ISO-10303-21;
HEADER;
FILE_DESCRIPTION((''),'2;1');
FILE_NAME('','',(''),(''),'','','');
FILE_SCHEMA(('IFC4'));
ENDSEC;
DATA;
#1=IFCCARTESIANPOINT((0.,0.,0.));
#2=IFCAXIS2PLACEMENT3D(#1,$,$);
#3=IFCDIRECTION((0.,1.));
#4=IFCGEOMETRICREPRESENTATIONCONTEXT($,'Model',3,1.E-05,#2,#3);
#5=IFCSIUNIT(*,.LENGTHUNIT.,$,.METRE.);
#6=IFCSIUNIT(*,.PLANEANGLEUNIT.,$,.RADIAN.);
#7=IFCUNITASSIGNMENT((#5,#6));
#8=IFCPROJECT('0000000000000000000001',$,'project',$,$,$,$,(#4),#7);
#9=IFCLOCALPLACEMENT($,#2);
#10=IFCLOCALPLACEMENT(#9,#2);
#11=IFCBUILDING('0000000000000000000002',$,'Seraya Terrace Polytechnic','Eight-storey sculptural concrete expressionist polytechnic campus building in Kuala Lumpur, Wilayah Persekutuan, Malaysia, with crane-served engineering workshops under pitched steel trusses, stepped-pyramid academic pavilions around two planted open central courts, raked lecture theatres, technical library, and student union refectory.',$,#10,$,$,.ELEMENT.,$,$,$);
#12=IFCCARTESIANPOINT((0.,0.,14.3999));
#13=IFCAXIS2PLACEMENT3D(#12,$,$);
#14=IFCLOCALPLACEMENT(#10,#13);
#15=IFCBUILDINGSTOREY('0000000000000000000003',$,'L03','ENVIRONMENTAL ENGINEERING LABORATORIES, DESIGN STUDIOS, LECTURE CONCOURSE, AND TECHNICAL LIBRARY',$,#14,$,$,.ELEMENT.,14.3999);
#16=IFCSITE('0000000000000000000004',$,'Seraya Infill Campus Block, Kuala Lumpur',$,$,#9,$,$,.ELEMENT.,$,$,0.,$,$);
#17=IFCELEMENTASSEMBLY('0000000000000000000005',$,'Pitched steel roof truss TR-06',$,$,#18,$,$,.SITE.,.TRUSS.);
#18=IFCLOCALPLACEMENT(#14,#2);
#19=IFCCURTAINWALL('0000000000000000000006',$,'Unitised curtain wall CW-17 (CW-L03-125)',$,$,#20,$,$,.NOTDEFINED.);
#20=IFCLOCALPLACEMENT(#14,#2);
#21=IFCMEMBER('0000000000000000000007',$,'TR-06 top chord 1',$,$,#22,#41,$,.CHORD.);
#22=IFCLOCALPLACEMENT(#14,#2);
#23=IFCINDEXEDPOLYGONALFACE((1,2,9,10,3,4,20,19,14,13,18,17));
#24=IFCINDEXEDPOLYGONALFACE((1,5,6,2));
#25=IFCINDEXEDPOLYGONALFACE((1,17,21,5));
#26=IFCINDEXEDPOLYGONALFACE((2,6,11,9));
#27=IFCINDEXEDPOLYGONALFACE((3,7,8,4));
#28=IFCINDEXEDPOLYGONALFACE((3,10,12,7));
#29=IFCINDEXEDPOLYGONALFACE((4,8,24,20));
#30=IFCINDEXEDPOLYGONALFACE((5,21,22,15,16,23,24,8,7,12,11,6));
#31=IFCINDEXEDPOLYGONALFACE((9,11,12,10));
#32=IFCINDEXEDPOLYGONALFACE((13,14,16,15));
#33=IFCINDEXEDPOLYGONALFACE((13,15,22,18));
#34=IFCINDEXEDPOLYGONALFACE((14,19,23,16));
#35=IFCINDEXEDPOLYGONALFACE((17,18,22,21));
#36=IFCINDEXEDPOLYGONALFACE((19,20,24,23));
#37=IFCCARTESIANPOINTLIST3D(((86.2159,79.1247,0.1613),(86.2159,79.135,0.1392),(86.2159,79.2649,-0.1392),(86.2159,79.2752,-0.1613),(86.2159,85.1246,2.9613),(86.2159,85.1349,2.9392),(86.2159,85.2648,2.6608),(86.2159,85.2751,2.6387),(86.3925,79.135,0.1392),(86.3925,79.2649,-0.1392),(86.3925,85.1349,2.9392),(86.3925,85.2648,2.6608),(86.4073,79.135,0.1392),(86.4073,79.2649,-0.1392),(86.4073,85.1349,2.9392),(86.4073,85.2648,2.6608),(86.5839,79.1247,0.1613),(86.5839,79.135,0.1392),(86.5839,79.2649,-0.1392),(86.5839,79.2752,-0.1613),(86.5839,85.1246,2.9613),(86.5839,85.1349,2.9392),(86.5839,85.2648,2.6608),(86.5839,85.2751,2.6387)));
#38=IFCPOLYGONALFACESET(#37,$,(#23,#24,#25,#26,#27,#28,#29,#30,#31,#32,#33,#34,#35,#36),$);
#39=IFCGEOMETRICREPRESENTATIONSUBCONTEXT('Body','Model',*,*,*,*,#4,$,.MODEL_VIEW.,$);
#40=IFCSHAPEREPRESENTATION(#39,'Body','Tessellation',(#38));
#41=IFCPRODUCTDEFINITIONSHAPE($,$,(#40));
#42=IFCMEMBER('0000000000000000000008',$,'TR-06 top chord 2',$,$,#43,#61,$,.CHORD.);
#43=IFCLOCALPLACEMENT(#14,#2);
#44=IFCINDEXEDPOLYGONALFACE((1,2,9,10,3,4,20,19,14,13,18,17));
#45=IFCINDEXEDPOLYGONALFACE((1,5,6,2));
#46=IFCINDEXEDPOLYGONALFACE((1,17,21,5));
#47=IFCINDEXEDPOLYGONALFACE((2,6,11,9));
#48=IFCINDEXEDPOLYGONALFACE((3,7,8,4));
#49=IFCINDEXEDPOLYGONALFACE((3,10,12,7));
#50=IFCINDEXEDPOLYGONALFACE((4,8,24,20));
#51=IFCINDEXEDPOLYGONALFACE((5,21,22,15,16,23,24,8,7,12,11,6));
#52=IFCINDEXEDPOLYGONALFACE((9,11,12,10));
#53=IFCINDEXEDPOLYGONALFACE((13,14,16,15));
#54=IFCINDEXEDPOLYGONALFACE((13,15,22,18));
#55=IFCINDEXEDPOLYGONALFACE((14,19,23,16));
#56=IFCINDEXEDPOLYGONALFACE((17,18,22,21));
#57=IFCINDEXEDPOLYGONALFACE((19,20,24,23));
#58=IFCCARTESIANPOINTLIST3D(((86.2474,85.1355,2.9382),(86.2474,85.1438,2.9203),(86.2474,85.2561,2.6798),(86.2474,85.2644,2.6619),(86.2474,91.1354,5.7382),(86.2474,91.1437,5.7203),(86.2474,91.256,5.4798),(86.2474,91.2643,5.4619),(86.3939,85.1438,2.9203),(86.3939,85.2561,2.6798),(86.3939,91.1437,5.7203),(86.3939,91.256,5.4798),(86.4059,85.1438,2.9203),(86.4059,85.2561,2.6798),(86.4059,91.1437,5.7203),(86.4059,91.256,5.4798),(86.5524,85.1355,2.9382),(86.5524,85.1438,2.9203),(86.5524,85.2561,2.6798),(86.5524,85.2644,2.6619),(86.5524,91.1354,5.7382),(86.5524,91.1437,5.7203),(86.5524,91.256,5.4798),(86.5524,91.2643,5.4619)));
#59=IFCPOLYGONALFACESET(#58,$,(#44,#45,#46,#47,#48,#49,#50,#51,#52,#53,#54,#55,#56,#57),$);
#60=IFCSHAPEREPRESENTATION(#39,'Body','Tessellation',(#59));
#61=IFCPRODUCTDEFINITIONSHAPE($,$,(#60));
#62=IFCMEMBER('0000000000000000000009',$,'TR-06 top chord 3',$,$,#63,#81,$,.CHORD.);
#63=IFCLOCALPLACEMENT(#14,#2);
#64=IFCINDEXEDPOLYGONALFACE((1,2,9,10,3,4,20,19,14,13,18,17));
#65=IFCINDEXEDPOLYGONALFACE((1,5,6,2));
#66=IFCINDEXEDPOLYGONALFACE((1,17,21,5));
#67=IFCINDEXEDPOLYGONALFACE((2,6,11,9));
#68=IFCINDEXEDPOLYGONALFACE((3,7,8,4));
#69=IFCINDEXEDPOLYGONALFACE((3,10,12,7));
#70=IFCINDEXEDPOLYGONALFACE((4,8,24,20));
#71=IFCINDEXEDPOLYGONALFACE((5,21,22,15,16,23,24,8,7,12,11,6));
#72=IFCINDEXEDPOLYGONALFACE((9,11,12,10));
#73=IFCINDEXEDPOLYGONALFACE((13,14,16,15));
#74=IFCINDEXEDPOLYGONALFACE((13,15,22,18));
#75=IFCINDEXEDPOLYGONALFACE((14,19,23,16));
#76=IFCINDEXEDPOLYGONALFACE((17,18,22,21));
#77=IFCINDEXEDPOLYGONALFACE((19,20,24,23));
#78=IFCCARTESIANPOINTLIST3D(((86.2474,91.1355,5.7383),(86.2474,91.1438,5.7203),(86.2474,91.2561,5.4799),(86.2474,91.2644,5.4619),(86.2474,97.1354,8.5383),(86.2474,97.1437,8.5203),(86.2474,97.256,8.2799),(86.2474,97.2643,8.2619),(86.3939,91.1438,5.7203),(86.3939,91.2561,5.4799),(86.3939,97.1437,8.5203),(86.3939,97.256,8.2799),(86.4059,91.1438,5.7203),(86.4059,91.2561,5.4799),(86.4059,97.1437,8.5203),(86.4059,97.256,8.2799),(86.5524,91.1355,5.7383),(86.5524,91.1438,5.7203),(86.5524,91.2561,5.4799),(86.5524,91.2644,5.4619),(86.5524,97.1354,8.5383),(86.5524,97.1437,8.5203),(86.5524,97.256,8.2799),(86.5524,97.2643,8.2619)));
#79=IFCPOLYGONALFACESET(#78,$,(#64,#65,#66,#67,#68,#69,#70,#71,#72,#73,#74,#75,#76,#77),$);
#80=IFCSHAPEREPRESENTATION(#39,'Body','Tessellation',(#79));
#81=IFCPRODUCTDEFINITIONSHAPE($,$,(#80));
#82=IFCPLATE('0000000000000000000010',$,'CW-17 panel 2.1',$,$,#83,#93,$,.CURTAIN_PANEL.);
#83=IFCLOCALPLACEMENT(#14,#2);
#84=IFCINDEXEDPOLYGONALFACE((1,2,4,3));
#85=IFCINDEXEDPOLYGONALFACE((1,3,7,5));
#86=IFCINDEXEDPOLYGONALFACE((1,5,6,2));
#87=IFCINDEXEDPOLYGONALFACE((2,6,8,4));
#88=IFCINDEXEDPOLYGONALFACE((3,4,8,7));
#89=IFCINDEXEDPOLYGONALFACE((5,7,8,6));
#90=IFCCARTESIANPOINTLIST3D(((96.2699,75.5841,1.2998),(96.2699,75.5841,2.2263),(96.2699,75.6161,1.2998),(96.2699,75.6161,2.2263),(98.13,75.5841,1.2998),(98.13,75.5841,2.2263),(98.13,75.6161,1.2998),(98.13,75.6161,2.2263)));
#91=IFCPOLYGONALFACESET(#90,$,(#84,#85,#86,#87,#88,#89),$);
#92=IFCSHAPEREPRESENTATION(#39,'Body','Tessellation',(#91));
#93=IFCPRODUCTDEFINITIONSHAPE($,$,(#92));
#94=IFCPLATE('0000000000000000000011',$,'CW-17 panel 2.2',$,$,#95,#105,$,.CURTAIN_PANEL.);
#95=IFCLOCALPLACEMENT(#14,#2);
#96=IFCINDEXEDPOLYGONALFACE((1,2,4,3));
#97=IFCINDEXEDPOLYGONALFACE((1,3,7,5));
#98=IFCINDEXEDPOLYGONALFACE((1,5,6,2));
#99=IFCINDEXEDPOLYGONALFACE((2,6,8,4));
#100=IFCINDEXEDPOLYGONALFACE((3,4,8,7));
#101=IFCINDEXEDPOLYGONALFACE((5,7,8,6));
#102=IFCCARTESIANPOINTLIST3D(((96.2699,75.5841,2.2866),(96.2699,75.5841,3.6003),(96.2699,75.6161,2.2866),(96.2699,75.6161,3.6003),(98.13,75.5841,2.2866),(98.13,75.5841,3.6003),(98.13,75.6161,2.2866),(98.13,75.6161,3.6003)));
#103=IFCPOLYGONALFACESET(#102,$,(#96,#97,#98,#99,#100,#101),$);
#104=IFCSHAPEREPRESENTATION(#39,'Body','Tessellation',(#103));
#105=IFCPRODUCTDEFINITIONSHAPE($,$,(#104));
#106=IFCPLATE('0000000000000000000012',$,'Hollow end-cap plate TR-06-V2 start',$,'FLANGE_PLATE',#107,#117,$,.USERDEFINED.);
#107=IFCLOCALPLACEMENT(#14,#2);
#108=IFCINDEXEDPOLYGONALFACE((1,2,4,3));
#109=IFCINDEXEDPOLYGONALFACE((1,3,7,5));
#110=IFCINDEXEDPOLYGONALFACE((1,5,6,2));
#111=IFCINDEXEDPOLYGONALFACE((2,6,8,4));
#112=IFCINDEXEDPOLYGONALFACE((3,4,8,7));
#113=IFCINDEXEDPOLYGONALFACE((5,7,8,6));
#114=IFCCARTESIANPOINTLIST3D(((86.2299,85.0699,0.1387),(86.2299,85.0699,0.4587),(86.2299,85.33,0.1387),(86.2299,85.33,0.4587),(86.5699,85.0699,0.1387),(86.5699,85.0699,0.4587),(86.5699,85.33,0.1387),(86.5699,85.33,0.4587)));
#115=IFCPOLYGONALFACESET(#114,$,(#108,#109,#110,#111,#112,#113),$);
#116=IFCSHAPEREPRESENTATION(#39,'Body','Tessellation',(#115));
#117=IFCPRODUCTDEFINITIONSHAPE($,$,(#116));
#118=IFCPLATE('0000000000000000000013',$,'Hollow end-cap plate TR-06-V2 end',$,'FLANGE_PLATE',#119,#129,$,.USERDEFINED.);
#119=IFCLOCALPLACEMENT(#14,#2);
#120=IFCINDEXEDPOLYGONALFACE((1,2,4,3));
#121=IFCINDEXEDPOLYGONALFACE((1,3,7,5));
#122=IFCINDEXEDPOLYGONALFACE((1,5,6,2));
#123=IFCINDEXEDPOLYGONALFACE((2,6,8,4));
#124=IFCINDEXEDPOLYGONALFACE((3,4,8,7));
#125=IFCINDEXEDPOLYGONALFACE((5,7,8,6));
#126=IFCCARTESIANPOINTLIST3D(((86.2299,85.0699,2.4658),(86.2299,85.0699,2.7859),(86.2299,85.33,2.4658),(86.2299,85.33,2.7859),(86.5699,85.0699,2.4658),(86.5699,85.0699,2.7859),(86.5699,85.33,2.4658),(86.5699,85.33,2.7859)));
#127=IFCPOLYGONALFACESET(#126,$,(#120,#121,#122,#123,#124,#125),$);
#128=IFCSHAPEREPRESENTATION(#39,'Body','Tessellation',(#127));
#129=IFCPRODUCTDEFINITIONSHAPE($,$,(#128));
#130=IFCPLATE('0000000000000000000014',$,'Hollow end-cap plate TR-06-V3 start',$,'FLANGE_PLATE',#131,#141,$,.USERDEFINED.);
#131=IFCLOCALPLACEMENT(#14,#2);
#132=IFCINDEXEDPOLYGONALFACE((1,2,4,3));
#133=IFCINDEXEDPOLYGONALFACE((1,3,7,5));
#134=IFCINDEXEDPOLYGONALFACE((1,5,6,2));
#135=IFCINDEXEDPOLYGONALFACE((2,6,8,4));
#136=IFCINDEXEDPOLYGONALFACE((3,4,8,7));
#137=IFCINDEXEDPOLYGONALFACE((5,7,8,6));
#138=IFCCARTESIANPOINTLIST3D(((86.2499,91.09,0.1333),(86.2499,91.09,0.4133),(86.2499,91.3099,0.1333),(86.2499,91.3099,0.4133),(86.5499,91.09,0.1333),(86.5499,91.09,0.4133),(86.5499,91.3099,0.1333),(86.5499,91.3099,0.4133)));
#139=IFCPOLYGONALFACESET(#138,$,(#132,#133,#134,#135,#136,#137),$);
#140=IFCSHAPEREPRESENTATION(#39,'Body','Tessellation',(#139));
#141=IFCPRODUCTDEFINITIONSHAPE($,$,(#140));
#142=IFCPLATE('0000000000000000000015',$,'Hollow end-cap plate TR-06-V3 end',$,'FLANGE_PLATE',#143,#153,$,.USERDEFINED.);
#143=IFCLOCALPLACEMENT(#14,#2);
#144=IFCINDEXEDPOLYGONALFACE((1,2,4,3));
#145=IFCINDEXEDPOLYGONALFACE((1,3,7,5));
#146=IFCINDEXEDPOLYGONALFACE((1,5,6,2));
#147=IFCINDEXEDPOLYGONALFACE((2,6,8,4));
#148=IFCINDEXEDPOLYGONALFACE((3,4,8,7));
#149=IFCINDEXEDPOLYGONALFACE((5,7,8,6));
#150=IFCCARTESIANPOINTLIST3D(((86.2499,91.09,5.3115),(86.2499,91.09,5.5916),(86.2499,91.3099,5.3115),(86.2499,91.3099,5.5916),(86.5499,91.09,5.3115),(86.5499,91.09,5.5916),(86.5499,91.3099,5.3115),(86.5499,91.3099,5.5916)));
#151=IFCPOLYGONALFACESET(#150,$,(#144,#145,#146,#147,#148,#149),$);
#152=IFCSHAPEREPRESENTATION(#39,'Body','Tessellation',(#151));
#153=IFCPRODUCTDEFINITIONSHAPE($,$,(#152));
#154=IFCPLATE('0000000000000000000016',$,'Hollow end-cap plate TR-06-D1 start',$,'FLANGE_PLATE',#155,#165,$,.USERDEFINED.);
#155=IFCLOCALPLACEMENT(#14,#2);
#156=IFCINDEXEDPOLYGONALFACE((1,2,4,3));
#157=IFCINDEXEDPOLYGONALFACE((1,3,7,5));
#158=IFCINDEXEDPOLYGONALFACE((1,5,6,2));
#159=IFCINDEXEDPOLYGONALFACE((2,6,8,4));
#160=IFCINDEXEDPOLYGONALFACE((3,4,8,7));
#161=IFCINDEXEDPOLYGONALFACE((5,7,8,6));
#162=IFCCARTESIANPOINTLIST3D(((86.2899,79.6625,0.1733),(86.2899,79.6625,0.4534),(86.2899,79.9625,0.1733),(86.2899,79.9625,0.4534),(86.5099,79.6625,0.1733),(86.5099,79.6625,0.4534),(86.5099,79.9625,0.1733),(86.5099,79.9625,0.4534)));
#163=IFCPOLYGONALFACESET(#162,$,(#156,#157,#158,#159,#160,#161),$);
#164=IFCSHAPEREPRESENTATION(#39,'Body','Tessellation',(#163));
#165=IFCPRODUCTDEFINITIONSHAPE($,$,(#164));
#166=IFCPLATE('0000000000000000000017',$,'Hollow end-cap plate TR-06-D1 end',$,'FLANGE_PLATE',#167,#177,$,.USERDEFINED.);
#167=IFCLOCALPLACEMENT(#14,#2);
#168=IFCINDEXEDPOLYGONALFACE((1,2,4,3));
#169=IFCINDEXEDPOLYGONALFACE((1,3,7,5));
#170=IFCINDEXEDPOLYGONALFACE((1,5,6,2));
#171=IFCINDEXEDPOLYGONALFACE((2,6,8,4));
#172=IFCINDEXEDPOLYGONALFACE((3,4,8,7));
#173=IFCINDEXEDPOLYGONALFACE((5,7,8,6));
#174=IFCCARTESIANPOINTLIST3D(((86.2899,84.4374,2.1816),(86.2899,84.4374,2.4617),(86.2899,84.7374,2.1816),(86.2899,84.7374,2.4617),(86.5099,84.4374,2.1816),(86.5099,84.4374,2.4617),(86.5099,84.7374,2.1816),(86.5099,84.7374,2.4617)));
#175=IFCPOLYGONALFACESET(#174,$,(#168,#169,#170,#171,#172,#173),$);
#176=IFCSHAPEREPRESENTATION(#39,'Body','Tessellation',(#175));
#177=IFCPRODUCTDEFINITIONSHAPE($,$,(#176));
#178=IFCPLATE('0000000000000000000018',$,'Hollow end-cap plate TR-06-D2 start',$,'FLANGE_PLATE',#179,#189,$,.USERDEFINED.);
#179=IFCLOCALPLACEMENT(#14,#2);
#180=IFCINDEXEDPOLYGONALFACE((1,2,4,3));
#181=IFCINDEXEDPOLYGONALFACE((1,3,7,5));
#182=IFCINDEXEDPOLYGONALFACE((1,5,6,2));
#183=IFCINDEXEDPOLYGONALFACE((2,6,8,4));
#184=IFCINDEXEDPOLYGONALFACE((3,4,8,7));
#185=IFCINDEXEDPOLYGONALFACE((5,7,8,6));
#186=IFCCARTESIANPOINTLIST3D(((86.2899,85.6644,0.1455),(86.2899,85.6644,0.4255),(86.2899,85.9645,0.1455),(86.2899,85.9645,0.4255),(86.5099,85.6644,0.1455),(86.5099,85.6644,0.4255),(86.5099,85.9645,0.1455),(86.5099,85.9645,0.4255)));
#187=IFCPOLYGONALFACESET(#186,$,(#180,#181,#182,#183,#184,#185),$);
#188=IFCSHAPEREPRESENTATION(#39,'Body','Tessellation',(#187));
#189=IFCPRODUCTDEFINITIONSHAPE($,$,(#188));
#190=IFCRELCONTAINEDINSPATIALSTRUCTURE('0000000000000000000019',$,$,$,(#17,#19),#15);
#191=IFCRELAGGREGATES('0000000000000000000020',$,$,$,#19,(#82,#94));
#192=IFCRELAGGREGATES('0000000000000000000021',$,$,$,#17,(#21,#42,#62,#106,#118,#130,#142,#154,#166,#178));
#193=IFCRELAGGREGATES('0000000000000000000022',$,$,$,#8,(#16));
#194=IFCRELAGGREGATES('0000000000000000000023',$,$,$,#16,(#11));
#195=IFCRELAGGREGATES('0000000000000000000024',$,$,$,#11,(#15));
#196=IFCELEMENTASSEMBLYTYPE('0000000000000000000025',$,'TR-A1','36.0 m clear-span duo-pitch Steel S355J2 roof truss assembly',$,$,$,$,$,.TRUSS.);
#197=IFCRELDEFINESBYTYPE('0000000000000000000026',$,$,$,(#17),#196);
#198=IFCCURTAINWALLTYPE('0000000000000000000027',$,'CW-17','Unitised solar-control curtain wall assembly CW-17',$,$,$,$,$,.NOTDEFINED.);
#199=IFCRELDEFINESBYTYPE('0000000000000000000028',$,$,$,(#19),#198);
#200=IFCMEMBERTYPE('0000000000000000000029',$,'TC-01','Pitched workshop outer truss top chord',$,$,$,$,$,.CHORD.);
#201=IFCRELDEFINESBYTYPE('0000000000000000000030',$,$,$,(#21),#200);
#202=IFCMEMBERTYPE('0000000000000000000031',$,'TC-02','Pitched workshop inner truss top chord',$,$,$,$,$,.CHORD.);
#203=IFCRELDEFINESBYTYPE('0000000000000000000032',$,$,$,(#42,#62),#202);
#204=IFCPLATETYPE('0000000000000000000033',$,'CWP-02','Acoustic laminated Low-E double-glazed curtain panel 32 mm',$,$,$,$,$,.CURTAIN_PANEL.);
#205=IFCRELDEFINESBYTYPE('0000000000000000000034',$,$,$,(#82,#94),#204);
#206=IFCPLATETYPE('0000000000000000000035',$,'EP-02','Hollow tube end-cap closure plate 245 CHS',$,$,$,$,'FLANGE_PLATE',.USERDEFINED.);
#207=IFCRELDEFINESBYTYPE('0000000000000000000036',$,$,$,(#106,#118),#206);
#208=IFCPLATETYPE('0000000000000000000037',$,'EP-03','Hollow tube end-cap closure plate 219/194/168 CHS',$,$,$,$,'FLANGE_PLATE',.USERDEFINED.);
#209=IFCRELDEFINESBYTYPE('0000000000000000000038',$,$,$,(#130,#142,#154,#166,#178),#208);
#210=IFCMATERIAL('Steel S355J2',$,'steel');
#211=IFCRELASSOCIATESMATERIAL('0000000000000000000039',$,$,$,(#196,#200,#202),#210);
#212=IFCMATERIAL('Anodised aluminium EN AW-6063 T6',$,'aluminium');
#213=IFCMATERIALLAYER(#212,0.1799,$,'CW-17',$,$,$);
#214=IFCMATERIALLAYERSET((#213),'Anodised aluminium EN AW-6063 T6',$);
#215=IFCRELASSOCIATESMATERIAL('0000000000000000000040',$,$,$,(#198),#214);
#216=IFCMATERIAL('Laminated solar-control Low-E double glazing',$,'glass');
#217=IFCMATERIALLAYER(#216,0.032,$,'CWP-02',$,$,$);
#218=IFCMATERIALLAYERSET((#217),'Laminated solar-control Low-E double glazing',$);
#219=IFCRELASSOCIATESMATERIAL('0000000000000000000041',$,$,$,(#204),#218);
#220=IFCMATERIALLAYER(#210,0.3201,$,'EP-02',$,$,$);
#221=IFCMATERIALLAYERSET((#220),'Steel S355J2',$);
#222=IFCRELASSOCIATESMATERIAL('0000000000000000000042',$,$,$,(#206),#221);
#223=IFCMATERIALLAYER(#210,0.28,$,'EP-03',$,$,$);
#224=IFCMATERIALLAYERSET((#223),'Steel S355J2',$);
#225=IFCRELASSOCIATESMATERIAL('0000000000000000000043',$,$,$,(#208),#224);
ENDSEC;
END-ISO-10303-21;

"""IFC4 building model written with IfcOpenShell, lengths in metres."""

from ifc_helpers import new_model, si_unit, direction, frame, origin, origin_2d, place, context, subcontext, project, spatial, rectangle, i_section, extrude, material, layer, layer_set, material_profile, profile_set, type_object, element, aggregate, save


model = new_model("IFC4")

# Units and contexts
model_context = context("Model", 3, precision=1e-05, world=origin(), true_north=direction((0.0, 1.0)))
body_context = subcontext(model_context, "Body", "Model", "MODEL_VIEW")
ifc_project = project(units=[si_unit("LENGTHUNIT", "METRE"), si_unit("PLANEANGLEUNIT", "RADIAN")], contexts=[model_context])

# Site, building, storey
site_placement = place(None, origin())
site = spatial("IfcSite", under=ifc_project, at=site_placement, Name="Seraya Infill Campus Block, Kuala Lumpur", CompositionType="ELEMENT", RefElevation=0.0)
building_placement = place(site_placement, origin())
building = spatial("IfcBuilding", under=site, at=building_placement, Name="Seraya Terrace Polytechnic", Description="Eight-storey sculptural concrete expressionist polytechnic campus building in Kuala Lumpur, Wilayah Persekutuan, Malaysia, with crane-served engineering workshops under pitched steel trusses, stepped-pyramid academic pavilions around two planted open central courts, raked lecture theatres, technical library, and student union refectory.", CompositionType="ELEMENT")
storey_placement = place(building_placement, frame((0.0, 0.0, 14.3999)))
storey = spatial("IfcBuildingStorey", under=building, at=storey_placement, Name="L03", Description="ENVIRONMENTAL ENGINEERING LABORATORIES, DESIGN STUDIOS, LECTURE CONCOURSE, AND TECHNICAL LIBRARY", CompositionType="ELEMENT", Elevation=14.3999)

# Element assembly
ifc_material_1 = material(Name="Steel S355J2", Category="steel")
element_assembly_type = type_object("IfcElementAssemblyType", Name="TR-A1", Description="36.0 m clear-span duo-pitch Steel S355J2 roof truss assembly", PredefinedType="TRUSS", material=ifc_material_1)
assembly_placement = place(storey_placement, origin())
assembly = element("IfcElementAssembly", 1, at=assembly_placement, inside=storey, type_object=element_assembly_type, Name="Pitched steel roof truss TR-06", AssemblyPlace="SITE", PredefinedType="TRUSS")

# Curtain wall
ifc_material_2 = material(Name="Anodised aluminium EN AW-6063 T6", Category="aluminium")
ifc_layer_1 = layer(ifc_material_2, 0.1799, Name="CW-17")
ifc_layer_set_1 = layer_set([ifc_layer_1], Name="Anodised aluminium EN AW-6063 T6")
curtain_wall_type = type_object("IfcCurtainWallType", Name="CW-17", Description="Unitised solar-control curtain wall assembly CW-17", PredefinedType="NOTDEFINED", material=ifc_layer_set_1)
curtain_wall_placement = place(storey_placement, origin())
curtain_wall = element("IfcCurtainWall", 2, at=curtain_wall_placement, inside=storey, type_object=curtain_wall_type, Name="Unitised curtain wall CW-17 (CW-L03-125)", PredefinedType="NOTDEFINED")

# Members
ifc_material_profile_1 = material_profile(ifc_material_1, i_section(OverallWidth=0.3679, OverallDepth=0.356, WebThickness=0.0149, FlangeThickness=0.0244, at=origin_2d()), Name="UKC 356x368x15.0x24.4")
ifc_profile_set_1 = profile_set([ifc_material_profile_1], Name="Steel S355J2")
member_type_1 = type_object("IfcMemberType", Name="TC-01", Description="Pitched workshop outer truss top chord", PredefinedType="CHORD", material=ifc_profile_set_1)
member_1_placement = place(storey_placement, frame((86.3999, 79.2, 0.0), z_axis=(0.0, 0.90618, 0.422892), x_axis=(-1.0, 0.0, 0.0)))
member_1 = element("IfcMember", 3, at=member_1_placement, type_object=member_type_1, Name="TR-06 top chord 1", PredefinedType="CHORD", context=body_context, shape_type="SweptSolid", body=[
    extrude(i_section(OverallWidth=0.3679, OverallDepth=0.356, WebThickness=0.0149, FlangeThickness=0.0244, at=origin_2d()), origin(), (0.0, 0.0, 1.0), 6.6211),
])
ifc_material_profile_2 = material_profile(ifc_material_1, i_section(OverallWidth=0.3049, OverallDepth=0.3049, WebThickness=0.012, FlangeThickness=0.0198, at=origin_2d()), Name="UKC 305x305x12.0x19.7")
ifc_profile_set_2 = profile_set([ifc_material_profile_2], Name="Steel S355J2")
member_type_2 = type_object("IfcMemberType", Name="TC-02", Description="Pitched workshop inner truss top chord", PredefinedType="CHORD", material=ifc_profile_set_2)
member_2_placement = place(storey_placement, frame((86.3999, 85.2, 2.8), z_axis=(0.0, 0.90618, 0.422892), x_axis=(-1.0, 0.0, 0.0)))
member_2 = element("IfcMember", 4, at=member_2_placement, type_object=member_type_2, Name="TR-06 top chord 2", PredefinedType="CHORD", context=body_context, shape_type="SweptSolid", body=[
    extrude(i_section(OverallWidth=0.3049, OverallDepth=0.3049, WebThickness=0.012, FlangeThickness=0.0198, at=origin_2d()), origin(), (0.0, 0.0, 1.0), 6.6211),
])
member_3_placement = place(storey_placement, frame((86.3999, 91.2, 5.6001), z_axis=(0.0, 0.90618, 0.422892), x_axis=(-1.0, 0.0, 0.0)))
member_3 = element("IfcMember", 5, at=member_3_placement, type_object=member_type_2, Name="TR-06 top chord 3", PredefinedType="CHORD", context=body_context, shape_type="SweptSolid", body=[
    extrude(i_section(OverallWidth=0.3049, OverallDepth=0.3049, WebThickness=0.012, FlangeThickness=0.0198, at=origin_2d()), origin(), (0.0, 0.0, 1.0), 6.6211),
])

# Plates
ifc_material_3 = material(Name="Laminated solar-control Low-E double glazing", Category="glass")
ifc_layer_2 = layer(ifc_material_3, 0.032, Name="CWP-02")
ifc_layer_set_2 = layer_set([ifc_layer_2], Name="Laminated solar-control Low-E double glazing")
plate_type_1 = type_object("IfcPlateType", Name="CWP-02", Description="Acoustic laminated Low-E double-glazed curtain panel 32 mm", PredefinedType="CURTAIN_PANEL", material=ifc_layer_set_2)
plate_1_placement = place(storey_placement, frame((97.2, 75.6001, 1.2998), z_axis=(0.0, 0.0, 1.0), x_axis=(1.0, 0.0, 0.0)))
plate_1 = element("IfcPlate", 6, at=plate_1_placement, type_object=plate_type_1, Name="CW-17 panel 2.1", PredefinedType="CURTAIN_PANEL", context=body_context, shape_type="SweptSolid", body=[
    extrude(rectangle(XDim=1.8601, YDim=0.032, at=origin_2d()), origin(), (0.0, 0.0, 1.0), 0.9265),
])
plate_2_placement = place(storey_placement, frame((97.2, 75.6001, 2.2866), z_axis=(0.0, 0.0, 1.0), x_axis=(1.0, 0.0, 0.0)))
plate_2 = element("IfcPlate", 7, at=plate_2_placement, type_object=plate_type_1, Name="CW-17 panel 2.2", PredefinedType="CURTAIN_PANEL", context=body_context, shape_type="SweptSolid", body=[
    extrude(rectangle(XDim=1.8601, YDim=0.032, at=origin_2d()), origin(), (0.0, 0.0, 1.0), 1.3137),
])
aggregate(curtain_wall, [plate_1, plate_2])
ifc_layer_3 = layer(ifc_material_1, 0.3201, Name="EP-02")
ifc_layer_set_3 = layer_set([ifc_layer_3], Name="Steel S355J2")
plate_type_2 = type_object("IfcPlateType", Name="EP-02", Description="Hollow tube end-cap closure plate 245 CHS", ElementType="FLANGE_PLATE", PredefinedType="USERDEFINED", material=ifc_layer_set_3)
plate_3_placement = place(storey_placement, frame((86.3999, 85.2, 0.1387), z_axis=(0.0, 0.0, 1.0), x_axis=(1.0, 0.0, 0.0)))
plate_3 = element("IfcPlate", 8, at=plate_3_placement, type_object=plate_type_2, Name="Hollow end-cap plate TR-06-V2 start", ObjectType="FLANGE_PLATE", PredefinedType="USERDEFINED", context=body_context, shape_type="SweptSolid", body=[
    extrude(rectangle(XDim=0.3401, YDim=0.26, at=origin_2d()), origin(), (0.0, 0.0, 1.0), 0.3201),
])
plate_4_placement = place(storey_placement, frame((86.3999, 85.2, 2.4658), z_axis=(0.0, 0.0, 1.0), x_axis=(1.0, 0.0, 0.0)))
plate_4 = element("IfcPlate", 9, at=plate_4_placement, type_object=plate_type_2, Name="Hollow end-cap plate TR-06-V2 end", ObjectType="FLANGE_PLATE", PredefinedType="USERDEFINED", context=body_context, shape_type="SweptSolid", body=[
    extrude(rectangle(XDim=0.3401, YDim=0.26, at=origin_2d()), origin(), (0.0, 0.0, 1.0), 0.3201),
])
ifc_layer_4 = layer(ifc_material_1, 0.28, Name="EP-03")
ifc_layer_set_4 = layer_set([ifc_layer_4], Name="Steel S355J2")
plate_type_3 = type_object("IfcPlateType", Name="EP-03", Description="Hollow tube end-cap closure plate 219/194/168 CHS", ElementType="FLANGE_PLATE", PredefinedType="USERDEFINED", material=ifc_layer_set_4)
plate_5_placement = place(storey_placement, frame((86.3999, 91.2, 0.1333), z_axis=(0.0, 0.0, 1.0), x_axis=(1.0, 0.0, 0.0)))
plate_5 = element("IfcPlate", 10, at=plate_5_placement, type_object=plate_type_3, Name="Hollow end-cap plate TR-06-V3 start", ObjectType="FLANGE_PLATE", PredefinedType="USERDEFINED", context=body_context, shape_type="SweptSolid", body=[
    extrude(rectangle(XDim=0.3, YDim=0.22, at=origin_2d()), origin(), (0.0, 0.0, 1.0), 0.28),
])
plate_6_placement = place(storey_placement, frame((86.3999, 91.2, 5.3115), z_axis=(0.0, 0.0, 1.0), x_axis=(1.0, 0.0, 0.0)))
plate_6 = element("IfcPlate", 11, at=plate_6_placement, type_object=plate_type_3, Name="Hollow end-cap plate TR-06-V3 end", ObjectType="FLANGE_PLATE", PredefinedType="USERDEFINED", context=body_context, shape_type="SweptSolid", body=[
    extrude(rectangle(XDim=0.3, YDim=0.22, at=origin_2d()), origin(), (0.0, 0.0, 1.0), 0.28),
])
plate_7_placement = place(storey_placement, frame((86.3999, 79.8125, 0.1733), z_axis=(0.0, 0.0, 1.0), x_axis=(0.0, 1.0, 0.0)))
plate_7 = element("IfcPlate", 12, at=plate_7_placement, type_object=plate_type_3, Name="Hollow end-cap plate TR-06-D1 start", ObjectType="FLANGE_PLATE", PredefinedType="USERDEFINED", context=body_context, shape_type="SweptSolid", body=[
    extrude(rectangle(XDim=0.3, YDim=0.22, at=origin_2d()), origin(), (0.0, 0.0, 1.0), 0.28),
])
plate_8_placement = place(storey_placement, frame((86.3999, 84.5874, 2.1816), z_axis=(0.0, 0.0, 1.0), x_axis=(0.0, 1.0, 0.0)))
plate_8 = element("IfcPlate", 13, at=plate_8_placement, type_object=plate_type_3, Name="Hollow end-cap plate TR-06-D1 end", ObjectType="FLANGE_PLATE", PredefinedType="USERDEFINED", context=body_context, shape_type="SweptSolid", body=[
    extrude(rectangle(XDim=0.3, YDim=0.22, at=origin_2d()), origin(), (0.0, 0.0, 1.0), 0.28),
])
plate_9_placement = place(storey_placement, frame((86.3999, 85.8145, 0.1455), z_axis=(0.0, 0.0, 1.0), x_axis=(0.0, 1.0, 0.0)))
plate_9 = element("IfcPlate", 14, at=plate_9_placement, type_object=plate_type_3, Name="Hollow end-cap plate TR-06-D2 start", ObjectType="FLANGE_PLATE", PredefinedType="USERDEFINED", context=body_context, shape_type="SweptSolid", body=[
    extrude(rectangle(XDim=0.3, YDim=0.22, at=origin_2d()), origin(), (0.0, 0.0, 1.0), 0.28),
])
aggregate(assembly, [member_1, member_2, member_3, plate_3, plate_4, plate_5, plate_6, plate_7, plate_8, plate_9])

save(model, "model.ifc")
